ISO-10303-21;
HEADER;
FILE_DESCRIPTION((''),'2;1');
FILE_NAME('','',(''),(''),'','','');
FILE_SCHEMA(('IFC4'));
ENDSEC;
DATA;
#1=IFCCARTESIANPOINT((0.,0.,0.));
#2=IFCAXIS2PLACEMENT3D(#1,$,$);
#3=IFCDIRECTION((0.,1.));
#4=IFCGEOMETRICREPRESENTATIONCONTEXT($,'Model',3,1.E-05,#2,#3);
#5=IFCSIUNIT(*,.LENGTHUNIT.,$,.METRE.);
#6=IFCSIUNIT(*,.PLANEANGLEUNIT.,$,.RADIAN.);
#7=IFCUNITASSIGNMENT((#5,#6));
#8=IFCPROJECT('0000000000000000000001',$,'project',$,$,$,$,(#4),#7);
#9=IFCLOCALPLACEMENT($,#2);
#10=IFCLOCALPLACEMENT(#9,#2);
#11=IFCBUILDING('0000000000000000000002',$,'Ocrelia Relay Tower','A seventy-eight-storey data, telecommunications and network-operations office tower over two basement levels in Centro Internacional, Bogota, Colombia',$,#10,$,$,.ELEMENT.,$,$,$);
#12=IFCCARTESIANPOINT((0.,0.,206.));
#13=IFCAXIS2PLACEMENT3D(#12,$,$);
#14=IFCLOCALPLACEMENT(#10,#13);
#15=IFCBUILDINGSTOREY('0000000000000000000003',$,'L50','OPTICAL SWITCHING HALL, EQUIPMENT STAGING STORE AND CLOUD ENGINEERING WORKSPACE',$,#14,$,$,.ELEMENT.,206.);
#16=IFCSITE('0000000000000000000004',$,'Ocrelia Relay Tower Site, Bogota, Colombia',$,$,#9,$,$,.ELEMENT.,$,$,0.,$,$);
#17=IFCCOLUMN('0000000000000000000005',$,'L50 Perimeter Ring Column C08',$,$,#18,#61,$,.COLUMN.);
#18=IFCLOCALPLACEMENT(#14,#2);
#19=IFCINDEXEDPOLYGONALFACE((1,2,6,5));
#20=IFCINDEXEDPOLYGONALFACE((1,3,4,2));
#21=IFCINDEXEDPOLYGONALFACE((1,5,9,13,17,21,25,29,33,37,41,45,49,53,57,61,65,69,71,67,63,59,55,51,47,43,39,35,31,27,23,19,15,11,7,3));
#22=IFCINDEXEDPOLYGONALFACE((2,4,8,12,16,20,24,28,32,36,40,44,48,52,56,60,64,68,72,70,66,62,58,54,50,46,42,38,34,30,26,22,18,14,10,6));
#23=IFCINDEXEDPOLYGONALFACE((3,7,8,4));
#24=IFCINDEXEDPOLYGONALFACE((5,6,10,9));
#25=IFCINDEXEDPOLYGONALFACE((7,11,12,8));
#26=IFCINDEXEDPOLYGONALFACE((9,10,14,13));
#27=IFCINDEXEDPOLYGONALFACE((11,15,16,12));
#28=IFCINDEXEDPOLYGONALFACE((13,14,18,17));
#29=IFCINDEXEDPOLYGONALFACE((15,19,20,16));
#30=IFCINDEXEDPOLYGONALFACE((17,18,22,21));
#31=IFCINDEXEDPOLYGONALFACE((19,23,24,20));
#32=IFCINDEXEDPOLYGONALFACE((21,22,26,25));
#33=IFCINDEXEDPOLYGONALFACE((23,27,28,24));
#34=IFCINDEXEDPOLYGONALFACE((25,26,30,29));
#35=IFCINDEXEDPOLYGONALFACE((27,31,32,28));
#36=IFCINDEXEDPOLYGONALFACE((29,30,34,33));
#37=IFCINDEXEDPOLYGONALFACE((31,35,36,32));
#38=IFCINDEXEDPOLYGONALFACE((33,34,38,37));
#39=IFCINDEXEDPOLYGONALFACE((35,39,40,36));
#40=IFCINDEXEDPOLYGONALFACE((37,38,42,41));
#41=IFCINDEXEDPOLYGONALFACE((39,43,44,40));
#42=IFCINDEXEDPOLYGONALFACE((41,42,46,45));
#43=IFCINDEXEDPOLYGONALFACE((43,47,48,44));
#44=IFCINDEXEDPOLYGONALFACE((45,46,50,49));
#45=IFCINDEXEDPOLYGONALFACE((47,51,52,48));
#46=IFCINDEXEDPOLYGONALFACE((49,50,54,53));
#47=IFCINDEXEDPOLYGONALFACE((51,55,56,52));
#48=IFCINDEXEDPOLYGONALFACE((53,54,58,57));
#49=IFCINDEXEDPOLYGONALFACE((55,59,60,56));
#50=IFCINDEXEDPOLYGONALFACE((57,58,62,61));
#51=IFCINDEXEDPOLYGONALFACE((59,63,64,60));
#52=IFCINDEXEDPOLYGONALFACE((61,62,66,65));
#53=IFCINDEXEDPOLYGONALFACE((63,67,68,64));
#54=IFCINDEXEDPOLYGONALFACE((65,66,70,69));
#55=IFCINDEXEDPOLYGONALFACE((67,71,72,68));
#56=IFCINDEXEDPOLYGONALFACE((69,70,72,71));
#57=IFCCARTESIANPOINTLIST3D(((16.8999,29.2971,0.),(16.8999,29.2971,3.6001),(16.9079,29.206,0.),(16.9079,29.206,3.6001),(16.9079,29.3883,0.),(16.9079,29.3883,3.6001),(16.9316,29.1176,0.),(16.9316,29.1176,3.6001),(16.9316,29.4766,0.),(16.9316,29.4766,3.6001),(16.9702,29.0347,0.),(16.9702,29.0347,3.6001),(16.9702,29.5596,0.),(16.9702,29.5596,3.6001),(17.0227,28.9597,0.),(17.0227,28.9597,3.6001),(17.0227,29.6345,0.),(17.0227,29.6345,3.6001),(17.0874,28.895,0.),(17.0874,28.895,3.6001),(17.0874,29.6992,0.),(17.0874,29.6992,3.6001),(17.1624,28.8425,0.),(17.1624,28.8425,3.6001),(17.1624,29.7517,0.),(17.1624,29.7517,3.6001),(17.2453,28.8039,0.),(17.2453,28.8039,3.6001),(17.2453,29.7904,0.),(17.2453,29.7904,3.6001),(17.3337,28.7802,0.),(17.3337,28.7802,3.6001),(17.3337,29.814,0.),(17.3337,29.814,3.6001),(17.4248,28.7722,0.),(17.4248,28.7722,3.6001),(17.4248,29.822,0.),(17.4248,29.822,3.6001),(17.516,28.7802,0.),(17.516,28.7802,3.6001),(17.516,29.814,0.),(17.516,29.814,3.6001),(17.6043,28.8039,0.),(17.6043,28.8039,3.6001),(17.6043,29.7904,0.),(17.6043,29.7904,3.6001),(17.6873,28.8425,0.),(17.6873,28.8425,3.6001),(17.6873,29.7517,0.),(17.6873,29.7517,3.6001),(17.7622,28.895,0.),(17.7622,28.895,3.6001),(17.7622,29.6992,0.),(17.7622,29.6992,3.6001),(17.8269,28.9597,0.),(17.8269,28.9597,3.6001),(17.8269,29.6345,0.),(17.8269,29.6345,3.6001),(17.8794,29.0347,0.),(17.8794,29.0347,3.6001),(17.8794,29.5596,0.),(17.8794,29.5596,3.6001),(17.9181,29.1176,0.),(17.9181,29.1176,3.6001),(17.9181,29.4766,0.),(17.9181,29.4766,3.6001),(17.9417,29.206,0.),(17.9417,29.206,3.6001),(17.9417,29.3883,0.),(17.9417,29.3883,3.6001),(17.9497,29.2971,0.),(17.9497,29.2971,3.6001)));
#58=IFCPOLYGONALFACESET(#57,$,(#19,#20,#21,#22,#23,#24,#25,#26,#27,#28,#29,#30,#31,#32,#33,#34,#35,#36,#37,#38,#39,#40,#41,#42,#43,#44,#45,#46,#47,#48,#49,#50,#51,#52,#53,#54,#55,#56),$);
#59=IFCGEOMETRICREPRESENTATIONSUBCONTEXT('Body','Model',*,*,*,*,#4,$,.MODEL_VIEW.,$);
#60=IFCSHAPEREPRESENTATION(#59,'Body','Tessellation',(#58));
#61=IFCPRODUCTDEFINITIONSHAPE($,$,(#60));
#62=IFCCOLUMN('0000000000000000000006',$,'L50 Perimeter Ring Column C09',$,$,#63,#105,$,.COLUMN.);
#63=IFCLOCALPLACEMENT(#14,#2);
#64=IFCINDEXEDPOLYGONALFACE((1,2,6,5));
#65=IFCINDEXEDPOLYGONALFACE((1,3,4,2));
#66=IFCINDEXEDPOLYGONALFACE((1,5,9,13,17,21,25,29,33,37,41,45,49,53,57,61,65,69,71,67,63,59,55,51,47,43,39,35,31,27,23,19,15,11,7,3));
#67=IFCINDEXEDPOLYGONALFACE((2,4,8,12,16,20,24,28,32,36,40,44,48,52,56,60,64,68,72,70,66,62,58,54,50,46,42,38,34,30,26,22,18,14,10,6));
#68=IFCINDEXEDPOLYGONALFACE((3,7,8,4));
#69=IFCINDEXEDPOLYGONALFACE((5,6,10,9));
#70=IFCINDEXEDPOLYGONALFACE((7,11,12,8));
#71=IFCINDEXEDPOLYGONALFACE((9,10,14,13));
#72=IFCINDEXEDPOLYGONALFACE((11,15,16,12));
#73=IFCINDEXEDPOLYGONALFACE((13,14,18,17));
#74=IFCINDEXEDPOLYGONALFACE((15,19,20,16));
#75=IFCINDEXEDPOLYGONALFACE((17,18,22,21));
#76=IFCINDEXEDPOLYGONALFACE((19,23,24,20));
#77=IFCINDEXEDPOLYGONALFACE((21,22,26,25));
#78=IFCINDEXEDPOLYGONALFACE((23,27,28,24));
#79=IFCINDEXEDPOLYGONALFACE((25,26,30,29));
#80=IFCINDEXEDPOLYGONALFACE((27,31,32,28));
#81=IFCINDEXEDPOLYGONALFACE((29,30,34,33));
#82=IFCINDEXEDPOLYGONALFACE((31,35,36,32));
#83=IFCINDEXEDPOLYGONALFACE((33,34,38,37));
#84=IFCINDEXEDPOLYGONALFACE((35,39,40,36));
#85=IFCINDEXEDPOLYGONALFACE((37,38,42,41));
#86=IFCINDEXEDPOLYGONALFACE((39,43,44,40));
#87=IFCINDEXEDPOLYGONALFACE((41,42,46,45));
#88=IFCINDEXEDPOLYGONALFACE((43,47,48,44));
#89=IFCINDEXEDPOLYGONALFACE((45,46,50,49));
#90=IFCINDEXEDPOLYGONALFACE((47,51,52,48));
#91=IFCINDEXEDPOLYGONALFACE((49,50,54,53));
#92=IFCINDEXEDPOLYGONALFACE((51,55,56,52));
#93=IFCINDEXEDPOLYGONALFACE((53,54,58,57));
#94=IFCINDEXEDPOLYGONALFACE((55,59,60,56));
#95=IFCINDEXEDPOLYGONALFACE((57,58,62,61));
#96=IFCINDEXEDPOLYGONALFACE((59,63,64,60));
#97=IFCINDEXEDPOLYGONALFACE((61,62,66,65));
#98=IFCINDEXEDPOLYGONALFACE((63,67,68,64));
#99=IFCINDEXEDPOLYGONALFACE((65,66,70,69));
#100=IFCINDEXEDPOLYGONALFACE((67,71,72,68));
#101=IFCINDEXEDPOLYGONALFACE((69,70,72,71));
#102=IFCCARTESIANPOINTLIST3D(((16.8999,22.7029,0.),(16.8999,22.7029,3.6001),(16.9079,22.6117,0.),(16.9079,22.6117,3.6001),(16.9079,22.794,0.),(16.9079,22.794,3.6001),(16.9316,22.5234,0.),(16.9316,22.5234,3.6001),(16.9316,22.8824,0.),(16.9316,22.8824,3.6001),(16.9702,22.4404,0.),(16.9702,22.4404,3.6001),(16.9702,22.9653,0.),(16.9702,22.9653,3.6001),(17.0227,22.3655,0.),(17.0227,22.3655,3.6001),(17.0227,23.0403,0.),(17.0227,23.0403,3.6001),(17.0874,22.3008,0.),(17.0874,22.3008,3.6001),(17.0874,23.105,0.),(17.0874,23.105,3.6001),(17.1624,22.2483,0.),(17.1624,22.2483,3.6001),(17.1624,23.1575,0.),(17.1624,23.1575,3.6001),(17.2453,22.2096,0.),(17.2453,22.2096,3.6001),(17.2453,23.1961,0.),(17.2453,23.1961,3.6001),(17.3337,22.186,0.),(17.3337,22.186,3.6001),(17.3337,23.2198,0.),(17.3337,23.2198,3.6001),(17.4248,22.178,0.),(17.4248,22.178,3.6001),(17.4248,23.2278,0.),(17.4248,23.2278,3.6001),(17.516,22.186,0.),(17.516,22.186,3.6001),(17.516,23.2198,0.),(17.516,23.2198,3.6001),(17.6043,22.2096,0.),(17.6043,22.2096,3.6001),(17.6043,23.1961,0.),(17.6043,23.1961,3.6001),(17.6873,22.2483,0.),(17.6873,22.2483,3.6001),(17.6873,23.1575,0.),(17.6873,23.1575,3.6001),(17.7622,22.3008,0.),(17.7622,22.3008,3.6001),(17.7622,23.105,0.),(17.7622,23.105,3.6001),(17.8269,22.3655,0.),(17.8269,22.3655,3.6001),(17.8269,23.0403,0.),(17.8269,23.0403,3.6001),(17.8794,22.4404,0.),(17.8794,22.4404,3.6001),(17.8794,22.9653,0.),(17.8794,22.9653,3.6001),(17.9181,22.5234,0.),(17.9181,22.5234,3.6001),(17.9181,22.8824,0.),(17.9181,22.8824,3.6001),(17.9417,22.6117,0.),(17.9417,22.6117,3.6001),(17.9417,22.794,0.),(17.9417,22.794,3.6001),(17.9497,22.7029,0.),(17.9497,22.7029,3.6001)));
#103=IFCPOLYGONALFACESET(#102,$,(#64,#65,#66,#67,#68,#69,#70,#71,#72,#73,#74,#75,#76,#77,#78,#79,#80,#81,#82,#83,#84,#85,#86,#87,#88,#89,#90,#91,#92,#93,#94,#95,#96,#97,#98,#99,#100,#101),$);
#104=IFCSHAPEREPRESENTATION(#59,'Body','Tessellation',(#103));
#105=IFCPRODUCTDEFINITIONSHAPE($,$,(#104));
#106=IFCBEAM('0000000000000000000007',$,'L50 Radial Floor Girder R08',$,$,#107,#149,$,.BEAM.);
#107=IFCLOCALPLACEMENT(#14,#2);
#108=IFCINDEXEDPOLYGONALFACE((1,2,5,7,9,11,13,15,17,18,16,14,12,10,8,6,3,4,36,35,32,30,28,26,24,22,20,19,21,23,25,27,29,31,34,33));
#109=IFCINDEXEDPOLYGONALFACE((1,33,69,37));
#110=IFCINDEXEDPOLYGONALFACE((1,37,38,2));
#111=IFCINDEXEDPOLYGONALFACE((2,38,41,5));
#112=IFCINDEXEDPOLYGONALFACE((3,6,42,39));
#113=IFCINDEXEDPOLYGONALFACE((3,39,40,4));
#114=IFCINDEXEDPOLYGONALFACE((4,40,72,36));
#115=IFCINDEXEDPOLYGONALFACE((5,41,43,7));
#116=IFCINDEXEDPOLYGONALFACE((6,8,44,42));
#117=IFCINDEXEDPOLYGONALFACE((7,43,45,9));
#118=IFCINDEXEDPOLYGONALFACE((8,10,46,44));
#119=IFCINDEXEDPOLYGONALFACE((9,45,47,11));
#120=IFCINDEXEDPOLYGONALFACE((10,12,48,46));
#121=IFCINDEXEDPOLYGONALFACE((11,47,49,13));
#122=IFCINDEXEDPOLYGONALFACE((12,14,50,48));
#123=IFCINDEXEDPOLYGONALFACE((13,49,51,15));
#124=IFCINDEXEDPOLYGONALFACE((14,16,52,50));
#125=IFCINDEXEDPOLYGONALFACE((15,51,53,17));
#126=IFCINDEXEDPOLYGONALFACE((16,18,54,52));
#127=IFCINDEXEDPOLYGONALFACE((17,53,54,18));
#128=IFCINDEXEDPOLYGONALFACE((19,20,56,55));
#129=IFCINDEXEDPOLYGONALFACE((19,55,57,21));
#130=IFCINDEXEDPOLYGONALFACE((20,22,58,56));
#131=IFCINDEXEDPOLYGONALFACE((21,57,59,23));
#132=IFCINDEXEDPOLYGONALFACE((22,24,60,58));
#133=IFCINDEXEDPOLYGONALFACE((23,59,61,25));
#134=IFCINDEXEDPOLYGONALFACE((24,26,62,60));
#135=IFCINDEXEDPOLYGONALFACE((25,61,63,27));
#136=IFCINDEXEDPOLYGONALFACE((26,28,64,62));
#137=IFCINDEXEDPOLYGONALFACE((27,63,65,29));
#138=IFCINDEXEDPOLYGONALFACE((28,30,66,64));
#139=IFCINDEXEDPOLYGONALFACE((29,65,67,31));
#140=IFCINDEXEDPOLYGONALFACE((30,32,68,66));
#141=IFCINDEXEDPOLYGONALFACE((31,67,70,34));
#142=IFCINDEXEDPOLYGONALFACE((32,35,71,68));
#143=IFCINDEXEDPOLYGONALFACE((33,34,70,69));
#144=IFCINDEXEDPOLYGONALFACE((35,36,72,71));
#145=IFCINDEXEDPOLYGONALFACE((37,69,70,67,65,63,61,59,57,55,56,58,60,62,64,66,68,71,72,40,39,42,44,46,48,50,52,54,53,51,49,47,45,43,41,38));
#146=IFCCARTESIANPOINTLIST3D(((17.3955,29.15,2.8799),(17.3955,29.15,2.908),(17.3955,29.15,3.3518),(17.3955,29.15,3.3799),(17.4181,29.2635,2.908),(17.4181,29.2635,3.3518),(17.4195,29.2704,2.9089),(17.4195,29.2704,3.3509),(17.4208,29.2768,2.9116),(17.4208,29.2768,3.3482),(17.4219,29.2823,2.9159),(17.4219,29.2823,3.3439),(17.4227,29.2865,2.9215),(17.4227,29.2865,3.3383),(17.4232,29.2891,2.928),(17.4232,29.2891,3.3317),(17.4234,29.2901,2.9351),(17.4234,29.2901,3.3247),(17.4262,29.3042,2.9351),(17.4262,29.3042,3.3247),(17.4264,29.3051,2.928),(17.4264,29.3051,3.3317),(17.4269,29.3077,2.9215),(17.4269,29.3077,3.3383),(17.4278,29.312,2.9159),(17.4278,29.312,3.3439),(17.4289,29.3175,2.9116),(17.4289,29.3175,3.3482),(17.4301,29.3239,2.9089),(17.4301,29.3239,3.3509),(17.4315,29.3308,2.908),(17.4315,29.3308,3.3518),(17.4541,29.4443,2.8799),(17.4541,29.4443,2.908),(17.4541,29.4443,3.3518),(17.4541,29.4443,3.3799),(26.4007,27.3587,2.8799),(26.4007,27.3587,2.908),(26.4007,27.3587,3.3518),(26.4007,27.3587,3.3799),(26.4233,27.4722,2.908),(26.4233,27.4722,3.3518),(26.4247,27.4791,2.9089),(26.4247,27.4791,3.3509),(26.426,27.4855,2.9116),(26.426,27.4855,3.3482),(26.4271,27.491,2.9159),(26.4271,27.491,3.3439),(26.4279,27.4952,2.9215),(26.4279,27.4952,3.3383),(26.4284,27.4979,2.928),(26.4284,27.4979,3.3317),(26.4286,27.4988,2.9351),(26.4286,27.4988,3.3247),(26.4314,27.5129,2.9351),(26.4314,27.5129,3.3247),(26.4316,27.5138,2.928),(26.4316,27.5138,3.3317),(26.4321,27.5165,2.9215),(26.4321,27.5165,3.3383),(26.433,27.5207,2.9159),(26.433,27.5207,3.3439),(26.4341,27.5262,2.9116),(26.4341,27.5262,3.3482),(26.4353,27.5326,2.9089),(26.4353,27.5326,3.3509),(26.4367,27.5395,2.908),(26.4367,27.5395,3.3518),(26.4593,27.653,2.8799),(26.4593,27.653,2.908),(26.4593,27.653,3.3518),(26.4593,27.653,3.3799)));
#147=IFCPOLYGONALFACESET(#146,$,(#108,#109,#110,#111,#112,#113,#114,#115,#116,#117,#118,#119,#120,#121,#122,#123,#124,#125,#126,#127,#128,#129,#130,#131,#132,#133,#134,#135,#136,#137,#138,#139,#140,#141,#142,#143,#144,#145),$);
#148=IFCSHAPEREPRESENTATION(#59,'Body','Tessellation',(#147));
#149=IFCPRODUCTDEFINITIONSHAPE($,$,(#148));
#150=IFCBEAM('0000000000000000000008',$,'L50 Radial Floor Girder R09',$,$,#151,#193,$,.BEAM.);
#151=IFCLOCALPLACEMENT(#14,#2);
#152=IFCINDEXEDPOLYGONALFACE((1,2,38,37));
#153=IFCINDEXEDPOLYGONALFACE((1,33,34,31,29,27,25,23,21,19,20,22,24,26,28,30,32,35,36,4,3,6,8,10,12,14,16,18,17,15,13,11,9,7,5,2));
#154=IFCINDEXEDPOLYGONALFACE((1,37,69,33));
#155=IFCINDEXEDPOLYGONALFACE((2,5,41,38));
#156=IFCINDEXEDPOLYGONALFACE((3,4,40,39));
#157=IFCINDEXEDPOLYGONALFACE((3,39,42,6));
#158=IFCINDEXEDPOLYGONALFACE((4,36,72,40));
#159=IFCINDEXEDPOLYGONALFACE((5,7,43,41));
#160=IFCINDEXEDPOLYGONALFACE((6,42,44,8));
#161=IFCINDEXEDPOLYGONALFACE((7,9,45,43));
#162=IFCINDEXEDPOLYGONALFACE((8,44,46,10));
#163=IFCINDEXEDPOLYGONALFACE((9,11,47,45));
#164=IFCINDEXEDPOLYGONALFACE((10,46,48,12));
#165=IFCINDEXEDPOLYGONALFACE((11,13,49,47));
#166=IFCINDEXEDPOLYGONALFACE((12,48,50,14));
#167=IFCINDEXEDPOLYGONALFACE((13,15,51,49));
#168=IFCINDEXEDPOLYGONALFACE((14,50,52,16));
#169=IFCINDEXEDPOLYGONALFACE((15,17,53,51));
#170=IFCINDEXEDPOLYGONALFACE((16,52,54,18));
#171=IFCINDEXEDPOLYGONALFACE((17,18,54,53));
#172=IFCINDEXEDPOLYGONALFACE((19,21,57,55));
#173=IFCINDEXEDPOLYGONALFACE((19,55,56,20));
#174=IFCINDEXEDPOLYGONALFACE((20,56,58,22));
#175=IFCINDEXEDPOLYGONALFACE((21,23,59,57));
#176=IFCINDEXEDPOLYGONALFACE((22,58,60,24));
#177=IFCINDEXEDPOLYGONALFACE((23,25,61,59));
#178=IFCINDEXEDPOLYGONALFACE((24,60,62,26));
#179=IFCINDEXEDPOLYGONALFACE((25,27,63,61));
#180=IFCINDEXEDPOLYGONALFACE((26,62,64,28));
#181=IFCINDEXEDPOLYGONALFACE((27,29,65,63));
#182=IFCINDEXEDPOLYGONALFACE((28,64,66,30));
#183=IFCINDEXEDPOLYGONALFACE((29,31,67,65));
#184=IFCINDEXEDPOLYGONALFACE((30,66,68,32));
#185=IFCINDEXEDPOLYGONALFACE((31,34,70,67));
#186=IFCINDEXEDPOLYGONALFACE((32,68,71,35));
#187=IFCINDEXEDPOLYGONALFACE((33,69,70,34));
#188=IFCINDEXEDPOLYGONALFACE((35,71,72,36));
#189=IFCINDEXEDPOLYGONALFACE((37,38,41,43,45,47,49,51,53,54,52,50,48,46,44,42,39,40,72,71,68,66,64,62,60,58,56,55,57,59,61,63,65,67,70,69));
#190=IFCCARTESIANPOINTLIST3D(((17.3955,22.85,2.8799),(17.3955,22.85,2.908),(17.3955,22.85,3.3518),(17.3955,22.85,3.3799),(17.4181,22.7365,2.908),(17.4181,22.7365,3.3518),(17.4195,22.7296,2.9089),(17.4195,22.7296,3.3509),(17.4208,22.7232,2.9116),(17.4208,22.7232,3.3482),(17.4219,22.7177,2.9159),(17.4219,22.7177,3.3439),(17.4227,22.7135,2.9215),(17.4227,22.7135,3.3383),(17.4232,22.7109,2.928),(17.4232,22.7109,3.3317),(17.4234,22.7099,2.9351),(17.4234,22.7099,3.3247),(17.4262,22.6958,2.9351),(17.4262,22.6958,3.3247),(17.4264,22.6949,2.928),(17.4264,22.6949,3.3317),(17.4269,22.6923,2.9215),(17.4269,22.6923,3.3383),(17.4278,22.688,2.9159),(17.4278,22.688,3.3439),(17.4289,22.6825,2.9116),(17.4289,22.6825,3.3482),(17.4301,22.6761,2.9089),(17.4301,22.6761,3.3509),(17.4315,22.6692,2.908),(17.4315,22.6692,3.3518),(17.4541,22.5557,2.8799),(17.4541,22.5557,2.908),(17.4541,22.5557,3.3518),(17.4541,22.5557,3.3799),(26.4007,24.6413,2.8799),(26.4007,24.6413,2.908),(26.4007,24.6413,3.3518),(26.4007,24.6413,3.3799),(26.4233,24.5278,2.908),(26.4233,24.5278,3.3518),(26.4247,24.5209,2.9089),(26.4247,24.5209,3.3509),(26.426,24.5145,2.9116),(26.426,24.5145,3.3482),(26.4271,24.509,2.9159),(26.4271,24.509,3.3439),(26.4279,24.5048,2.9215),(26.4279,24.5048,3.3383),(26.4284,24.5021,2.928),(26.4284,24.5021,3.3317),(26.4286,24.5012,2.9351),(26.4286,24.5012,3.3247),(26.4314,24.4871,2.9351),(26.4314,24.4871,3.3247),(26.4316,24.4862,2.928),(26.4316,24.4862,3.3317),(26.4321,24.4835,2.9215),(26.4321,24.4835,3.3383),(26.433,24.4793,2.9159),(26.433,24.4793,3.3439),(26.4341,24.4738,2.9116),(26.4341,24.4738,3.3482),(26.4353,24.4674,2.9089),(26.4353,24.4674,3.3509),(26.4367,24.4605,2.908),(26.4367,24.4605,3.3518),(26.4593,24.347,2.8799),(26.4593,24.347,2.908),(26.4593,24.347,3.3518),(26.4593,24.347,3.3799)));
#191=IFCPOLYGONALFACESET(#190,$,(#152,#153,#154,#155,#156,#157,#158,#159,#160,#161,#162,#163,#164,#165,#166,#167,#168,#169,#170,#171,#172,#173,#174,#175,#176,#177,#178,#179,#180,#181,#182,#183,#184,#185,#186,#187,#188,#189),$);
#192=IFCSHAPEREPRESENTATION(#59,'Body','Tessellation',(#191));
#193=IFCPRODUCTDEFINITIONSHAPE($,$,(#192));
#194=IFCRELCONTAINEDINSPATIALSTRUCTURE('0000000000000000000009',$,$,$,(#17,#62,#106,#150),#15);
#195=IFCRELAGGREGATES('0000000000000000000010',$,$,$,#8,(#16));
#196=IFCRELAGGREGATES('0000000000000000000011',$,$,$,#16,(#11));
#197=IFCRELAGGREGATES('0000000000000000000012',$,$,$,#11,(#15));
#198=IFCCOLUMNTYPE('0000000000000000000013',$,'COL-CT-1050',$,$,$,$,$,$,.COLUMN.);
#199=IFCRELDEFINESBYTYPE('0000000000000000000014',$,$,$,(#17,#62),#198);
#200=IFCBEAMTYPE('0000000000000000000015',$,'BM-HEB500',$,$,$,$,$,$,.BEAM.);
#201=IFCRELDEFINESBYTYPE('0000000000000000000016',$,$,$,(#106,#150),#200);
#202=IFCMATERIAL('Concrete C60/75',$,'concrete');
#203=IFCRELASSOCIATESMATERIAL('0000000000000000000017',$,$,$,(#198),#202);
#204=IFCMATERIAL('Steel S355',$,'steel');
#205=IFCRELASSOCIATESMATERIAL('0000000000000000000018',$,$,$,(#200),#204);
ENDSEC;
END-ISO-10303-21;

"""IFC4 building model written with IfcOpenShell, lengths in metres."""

from ifc_helpers import new_model, si_unit, direction, frame, origin, origin_2d, place, context, subcontext, project, spatial, circle, i_section, extrude, material, material_profile, profile_set, type_object, element, save


model = new_model("IFC4")

# Units and contexts
model_context = context("Model", 3, precision=1e-05, world=origin(), true_north=direction((0.0, 1.0)))
body_context = subcontext(model_context, "Body", "Model", "MODEL_VIEW")
ifc_project = project(units=[si_unit("LENGTHUNIT", "METRE"), si_unit("PLANEANGLEUNIT", "RADIAN")], contexts=[model_context])

# Site, building, storey
site_placement = place(None, origin())
site = spatial("IfcSite", under=ifc_project, at=site_placement, Name="Ocrelia Relay Tower Site, Bogota, Colombia", CompositionType="ELEMENT", RefElevation=0.0)
building_placement = place(site_placement, origin())
building = spatial("IfcBuilding", under=site, at=building_placement, Name="Ocrelia Relay Tower", Description="A seventy-eight-storey data, telecommunications and network-operations office tower over two basement levels in Centro Internacional, Bogota, Colombia", CompositionType="ELEMENT")
storey_placement = place(building_placement, frame((0.0, 0.0, 206.0)))
storey = spatial("IfcBuildingStorey", under=building, at=storey_placement, Name="L50", Description="OPTICAL SWITCHING HALL, EQUIPMENT STAGING STORE AND CLOUD ENGINEERING WORKSPACE", CompositionType="ELEMENT", Elevation=206.0)

# Columns
ifc_material_1 = material(Name="Concrete C60/75", Category="concrete")
ifc_material_profile_1 = material_profile(ifc_material_1, circle(Radius=0.5249, at=origin_2d()), Name="RC-CIR-1050")
ifc_profile_set_1 = profile_set([ifc_material_profile_1], Name="Concrete C60/75")
column_type = type_object("IfcColumnType", Name="COL-CT-1050", PredefinedType="COLUMN", material=ifc_profile_set_1)
for number, where, z_axis, x_axis, name in (
    (1, (17.4248, 29.2971, 0.0), (0.0, 0.0, 1.0), (1.0, 0.0, 0.0), "L50 Perimeter Ring Column C08"),
    (2, (17.4248, 22.7029, 0.0), (0.0, 0.0, 1.0), (1.0, 0.0, 0.0), "L50 Perimeter Ring Column C09"),
):
    element("IfcColumn", number, at=place(storey_placement, frame(where, z_axis=z_axis, x_axis=x_axis)), inside=storey, type_object=column_type, Name=name, PredefinedType="COLUMN", context=body_context, shape_type="SweptSolid", body=[
        extrude(circle(Radius=0.5249, at=origin_2d()), origin(), (0.0, 0.0, 1.0), 3.6001),
    ])

# Beams
ifc_material_2 = material(Name="Steel S355", Category="steel")
ifc_material_profile_2 = material_profile(ifc_material_2, i_section(OverallWidth=0.3, OverallDepth=0.5, WebThickness=0.0144, FlangeThickness=0.0281, FilletRadius=0.0271, at=origin_2d()), Name="HEB 500")
ifc_profile_set_2 = profile_set([ifc_material_profile_2], Name="Steel S355")
beam_type_1 = type_object("IfcBeamType", Name="BM-HEB500", PredefinedType="BEAM", material=ifc_profile_set_2)
for number, where, z_axis, x_axis, name in (
    (3, (17.4248, 29.2971, 3.1299), (0.980785, -0.195093, 0.0), (0.195093, 0.980785, 0.0), "L50 Radial Floor Girder R08"),
    (4, (17.4248, 22.7029, 3.1299), (0.980785, 0.195093, 0.0), (-0.195093, 0.980785, 0.0), "L50 Radial Floor Girder R09"),
):
    element("IfcBeam", number, at=place(storey_placement, frame(where, z_axis=z_axis, x_axis=x_axis)), inside=storey, type_object=beam_type_1, Name=name, PredefinedType="BEAM", context=body_context, shape_type="SweptSolid", body=[
        extrude(i_section(OverallWidth=0.3, OverallDepth=0.5, WebThickness=0.0144, FlangeThickness=0.0281, FilletRadius=0.0271, at=origin_2d()), origin(), (0.0, 0.0, 1.0), 9.1816),
    ])

save(model, "model.ifc")
